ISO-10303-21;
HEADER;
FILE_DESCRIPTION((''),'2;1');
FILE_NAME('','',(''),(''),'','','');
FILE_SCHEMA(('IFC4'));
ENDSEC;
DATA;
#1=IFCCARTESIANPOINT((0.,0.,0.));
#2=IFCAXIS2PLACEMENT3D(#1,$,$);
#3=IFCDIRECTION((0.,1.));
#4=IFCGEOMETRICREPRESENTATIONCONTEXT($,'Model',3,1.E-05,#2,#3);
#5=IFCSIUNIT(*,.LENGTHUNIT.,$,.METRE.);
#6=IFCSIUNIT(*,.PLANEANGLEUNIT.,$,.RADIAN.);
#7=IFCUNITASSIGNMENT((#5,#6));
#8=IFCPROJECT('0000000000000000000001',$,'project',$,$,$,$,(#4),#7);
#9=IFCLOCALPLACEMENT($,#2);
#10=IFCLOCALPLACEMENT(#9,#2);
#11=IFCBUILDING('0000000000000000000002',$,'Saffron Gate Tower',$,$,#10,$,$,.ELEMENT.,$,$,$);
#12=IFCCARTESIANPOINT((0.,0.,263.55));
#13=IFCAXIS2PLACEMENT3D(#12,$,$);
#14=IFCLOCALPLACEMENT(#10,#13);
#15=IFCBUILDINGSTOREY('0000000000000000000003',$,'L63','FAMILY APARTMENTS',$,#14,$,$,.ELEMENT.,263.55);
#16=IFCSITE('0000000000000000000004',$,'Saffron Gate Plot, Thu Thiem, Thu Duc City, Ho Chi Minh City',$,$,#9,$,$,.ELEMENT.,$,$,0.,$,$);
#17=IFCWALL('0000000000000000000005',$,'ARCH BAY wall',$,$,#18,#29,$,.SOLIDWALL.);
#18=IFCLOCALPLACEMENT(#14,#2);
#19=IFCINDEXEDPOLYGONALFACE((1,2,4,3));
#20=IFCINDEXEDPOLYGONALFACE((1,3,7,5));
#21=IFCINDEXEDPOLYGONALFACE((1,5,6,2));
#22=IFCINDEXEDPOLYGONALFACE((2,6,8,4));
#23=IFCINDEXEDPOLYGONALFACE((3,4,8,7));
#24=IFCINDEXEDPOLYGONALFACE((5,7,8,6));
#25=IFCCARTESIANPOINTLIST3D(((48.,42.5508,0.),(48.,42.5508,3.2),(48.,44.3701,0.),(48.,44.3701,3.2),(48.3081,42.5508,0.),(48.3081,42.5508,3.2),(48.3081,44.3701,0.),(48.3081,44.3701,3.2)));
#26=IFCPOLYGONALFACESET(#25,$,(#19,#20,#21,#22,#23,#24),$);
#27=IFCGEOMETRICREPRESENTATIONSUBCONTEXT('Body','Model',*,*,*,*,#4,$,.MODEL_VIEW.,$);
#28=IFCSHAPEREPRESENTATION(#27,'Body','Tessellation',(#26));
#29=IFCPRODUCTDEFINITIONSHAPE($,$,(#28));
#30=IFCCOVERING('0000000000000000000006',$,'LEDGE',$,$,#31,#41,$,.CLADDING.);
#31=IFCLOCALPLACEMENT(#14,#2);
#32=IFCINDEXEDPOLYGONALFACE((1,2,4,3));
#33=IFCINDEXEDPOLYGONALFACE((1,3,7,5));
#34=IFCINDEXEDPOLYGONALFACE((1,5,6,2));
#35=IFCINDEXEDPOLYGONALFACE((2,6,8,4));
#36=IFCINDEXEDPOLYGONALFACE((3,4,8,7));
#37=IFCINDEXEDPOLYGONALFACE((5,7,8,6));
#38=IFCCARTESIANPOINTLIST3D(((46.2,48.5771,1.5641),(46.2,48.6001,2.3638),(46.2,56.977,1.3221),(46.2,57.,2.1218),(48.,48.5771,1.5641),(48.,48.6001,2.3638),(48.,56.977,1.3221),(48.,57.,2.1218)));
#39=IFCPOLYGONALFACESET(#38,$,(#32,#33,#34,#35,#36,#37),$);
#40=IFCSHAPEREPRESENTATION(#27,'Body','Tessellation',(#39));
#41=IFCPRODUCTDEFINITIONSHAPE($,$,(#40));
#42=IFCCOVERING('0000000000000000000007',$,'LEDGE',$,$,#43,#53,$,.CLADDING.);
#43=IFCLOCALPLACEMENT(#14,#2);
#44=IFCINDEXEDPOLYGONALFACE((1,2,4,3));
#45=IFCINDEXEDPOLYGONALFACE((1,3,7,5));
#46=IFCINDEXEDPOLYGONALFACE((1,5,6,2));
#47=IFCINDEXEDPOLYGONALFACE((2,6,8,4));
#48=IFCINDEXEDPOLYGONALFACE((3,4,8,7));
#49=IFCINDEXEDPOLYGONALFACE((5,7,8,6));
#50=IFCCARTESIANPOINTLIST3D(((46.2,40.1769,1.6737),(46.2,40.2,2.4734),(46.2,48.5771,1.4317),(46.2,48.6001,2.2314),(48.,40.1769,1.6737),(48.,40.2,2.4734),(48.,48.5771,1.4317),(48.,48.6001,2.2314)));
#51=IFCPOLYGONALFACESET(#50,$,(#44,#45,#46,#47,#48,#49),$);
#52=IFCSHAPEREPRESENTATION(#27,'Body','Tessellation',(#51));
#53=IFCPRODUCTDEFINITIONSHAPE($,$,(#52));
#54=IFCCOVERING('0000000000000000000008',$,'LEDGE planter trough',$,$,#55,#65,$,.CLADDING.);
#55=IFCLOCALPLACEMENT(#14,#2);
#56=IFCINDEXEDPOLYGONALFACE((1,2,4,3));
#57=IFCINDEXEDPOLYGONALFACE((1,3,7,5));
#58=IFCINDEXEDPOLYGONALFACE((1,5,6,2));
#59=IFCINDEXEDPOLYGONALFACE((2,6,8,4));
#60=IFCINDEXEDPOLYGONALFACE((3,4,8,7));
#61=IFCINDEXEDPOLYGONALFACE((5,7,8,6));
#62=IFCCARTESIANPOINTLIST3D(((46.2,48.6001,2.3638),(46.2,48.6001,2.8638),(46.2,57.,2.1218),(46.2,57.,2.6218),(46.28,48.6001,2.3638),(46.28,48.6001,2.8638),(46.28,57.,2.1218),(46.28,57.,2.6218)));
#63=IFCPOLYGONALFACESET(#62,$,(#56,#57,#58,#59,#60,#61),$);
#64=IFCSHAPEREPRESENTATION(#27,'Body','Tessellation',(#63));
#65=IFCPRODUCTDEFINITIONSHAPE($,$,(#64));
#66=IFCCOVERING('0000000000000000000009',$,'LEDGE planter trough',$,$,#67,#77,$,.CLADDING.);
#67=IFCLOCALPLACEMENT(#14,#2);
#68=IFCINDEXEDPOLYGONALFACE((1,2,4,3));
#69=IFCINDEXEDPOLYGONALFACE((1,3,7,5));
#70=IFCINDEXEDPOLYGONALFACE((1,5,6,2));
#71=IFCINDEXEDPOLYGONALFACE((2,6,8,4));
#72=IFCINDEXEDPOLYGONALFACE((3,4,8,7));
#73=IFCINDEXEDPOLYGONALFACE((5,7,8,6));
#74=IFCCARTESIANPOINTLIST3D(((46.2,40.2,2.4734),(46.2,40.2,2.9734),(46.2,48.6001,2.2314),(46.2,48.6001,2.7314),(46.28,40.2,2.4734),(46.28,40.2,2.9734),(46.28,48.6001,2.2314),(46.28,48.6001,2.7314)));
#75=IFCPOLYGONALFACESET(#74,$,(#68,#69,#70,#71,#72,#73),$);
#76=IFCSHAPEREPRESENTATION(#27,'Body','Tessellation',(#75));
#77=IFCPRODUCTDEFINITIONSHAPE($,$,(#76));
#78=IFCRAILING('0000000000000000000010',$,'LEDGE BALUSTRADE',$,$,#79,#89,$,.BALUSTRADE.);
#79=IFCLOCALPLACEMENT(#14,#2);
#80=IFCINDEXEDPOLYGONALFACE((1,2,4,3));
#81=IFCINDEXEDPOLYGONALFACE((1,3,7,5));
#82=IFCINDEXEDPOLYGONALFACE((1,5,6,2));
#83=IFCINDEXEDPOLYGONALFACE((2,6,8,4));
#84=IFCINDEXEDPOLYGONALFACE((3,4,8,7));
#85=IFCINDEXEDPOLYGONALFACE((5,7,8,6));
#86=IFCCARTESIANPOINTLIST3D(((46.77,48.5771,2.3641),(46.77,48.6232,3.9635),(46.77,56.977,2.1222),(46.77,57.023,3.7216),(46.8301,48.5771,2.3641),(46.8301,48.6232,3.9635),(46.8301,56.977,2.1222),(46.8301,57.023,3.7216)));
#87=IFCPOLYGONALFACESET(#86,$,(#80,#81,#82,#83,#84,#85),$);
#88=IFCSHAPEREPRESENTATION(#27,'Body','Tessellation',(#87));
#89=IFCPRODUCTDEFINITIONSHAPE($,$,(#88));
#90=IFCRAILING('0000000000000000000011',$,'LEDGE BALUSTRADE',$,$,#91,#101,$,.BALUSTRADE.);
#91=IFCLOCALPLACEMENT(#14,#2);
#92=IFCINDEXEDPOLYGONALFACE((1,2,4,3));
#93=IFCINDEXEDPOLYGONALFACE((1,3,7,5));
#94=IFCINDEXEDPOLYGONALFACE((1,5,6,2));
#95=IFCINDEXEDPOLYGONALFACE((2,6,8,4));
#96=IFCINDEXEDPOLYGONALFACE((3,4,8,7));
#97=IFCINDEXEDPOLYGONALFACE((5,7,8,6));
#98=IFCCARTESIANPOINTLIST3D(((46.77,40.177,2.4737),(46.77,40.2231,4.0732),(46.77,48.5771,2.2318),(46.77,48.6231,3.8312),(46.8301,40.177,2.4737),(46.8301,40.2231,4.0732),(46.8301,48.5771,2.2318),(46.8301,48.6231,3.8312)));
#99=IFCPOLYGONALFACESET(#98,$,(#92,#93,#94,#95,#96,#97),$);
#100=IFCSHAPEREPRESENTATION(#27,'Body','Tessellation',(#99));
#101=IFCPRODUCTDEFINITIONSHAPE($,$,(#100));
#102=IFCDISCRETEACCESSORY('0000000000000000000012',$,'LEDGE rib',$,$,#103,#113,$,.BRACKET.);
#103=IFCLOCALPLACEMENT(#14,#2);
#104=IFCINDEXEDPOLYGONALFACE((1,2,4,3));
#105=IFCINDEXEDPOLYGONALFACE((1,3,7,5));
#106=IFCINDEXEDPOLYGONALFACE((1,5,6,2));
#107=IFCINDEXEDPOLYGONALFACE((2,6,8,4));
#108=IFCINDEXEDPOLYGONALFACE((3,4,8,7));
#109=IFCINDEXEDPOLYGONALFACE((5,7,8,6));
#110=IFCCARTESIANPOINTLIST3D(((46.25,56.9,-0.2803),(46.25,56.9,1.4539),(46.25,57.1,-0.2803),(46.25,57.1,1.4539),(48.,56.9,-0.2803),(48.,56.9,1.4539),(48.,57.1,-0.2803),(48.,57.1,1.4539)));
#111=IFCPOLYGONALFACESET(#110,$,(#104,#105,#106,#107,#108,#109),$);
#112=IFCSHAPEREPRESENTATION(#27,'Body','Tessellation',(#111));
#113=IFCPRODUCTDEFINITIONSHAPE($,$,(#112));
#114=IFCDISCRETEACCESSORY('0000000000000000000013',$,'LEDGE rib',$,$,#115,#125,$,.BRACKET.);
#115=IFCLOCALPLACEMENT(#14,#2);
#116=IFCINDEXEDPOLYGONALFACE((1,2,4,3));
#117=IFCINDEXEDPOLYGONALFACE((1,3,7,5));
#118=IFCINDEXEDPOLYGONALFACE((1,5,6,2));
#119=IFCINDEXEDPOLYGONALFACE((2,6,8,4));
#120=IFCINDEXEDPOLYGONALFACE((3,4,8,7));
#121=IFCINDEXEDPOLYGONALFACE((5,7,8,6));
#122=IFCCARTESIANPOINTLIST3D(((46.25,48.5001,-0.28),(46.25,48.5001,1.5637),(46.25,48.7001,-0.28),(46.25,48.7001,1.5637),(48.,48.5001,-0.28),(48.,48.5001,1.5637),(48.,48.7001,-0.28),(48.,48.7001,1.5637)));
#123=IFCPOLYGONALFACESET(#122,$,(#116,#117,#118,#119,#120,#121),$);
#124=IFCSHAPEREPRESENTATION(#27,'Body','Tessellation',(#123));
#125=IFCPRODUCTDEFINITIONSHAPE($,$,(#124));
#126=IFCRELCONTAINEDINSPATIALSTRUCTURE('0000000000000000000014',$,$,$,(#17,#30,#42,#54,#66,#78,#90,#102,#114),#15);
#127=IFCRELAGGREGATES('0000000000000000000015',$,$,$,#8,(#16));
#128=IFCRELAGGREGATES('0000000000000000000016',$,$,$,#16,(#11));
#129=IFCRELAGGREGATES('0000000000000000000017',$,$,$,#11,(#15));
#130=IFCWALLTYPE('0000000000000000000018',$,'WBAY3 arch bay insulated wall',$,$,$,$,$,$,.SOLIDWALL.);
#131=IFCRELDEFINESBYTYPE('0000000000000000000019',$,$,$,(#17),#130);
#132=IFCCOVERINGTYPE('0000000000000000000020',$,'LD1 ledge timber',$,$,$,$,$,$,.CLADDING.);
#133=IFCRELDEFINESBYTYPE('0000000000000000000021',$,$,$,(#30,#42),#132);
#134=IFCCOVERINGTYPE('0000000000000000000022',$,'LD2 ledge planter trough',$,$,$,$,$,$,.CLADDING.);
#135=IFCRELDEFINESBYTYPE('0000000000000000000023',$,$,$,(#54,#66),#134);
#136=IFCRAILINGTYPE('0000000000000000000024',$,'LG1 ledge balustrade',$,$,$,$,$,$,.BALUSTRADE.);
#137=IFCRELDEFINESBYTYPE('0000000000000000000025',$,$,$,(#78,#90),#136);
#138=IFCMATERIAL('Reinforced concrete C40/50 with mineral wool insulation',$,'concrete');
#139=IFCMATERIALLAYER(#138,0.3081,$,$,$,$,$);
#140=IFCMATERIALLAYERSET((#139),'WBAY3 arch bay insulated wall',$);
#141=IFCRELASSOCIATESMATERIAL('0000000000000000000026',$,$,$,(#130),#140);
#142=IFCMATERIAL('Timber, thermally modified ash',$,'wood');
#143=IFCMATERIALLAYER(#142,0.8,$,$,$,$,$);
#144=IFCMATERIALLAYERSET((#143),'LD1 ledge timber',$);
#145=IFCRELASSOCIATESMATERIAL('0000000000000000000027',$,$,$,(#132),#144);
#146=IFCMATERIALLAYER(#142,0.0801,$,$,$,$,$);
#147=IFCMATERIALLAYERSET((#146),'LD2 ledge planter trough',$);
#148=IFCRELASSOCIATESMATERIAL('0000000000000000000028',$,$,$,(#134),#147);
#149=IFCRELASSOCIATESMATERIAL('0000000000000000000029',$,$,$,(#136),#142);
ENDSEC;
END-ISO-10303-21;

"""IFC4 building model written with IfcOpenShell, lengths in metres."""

from ifc_helpers import new_model, si_unit, direction, frame, frame_2d, origin, origin_2d, place, context, subcontext, project, spatial, polyline, rectangle, outline, extrude, material, layer, layer_set, type_object, element, save


model = new_model("IFC4")

# Units and contexts
model_context = context("Model", 3, precision=1e-05, world=origin(), true_north=direction((0.0, 1.0)))
body_context = subcontext(model_context, "Body", "Model", "MODEL_VIEW")
ifc_project = project(units=[si_unit("LENGTHUNIT", "METRE"), si_unit("PLANEANGLEUNIT", "RADIAN")], contexts=[model_context])

# Site, building, storey
site_placement = place(None, origin())
site = spatial("IfcSite", under=ifc_project, at=site_placement, Name="Saffron Gate Plot, Thu Thiem, Thu Duc City, Ho Chi Minh City", CompositionType="ELEMENT", RefElevation=0.0)
building_placement = place(site_placement, origin())
building = spatial("IfcBuilding", under=site, at=building_placement, Name="Saffron Gate Tower", CompositionType="ELEMENT")
storey_placement = place(building_placement, frame((0.0, 0.0, 263.55)))
storey = spatial("IfcBuildingStorey", under=building, at=storey_placement, Name="L63", Description="FAMILY APARTMENTS", CompositionType="ELEMENT", Elevation=263.55)

# Wall
ifc_material_1 = material(Name="Reinforced concrete C40/50 with mineral wool insulation", Category="concrete")
ifc_layer_1 = layer(ifc_material_1, 0.3081)
ifc_layer_set_1 = layer_set([ifc_layer_1], Name="WBAY3 arch bay insulated wall")
wall_type_1 = type_object("IfcWallType", Name="WBAY3 arch bay insulated wall", PredefinedType="SOLIDWALL", material=ifc_layer_set_1)
wall_1_placement = place(storey_placement, frame((48.1541, 42.5508, 0.0), z_axis=(0.0, 0.0, 1.0), x_axis=(0.0, 1.0, 0.0)))
element("IfcWall", 1, at=wall_1_placement, inside=storey, type_object=wall_type_1, Name="ARCH BAY wall", PredefinedType="SOLIDWALL", context=body_context, shape_type="SweptSolid", body=[
    extrude(rectangle(XDim=1.8193, YDim=0.3081, at=frame_2d((0.9097, 0.0))), origin(), (0.0, 0.0, 1.0), 3.2),
])

# Coverings
ifc_material_2 = material(Name="Timber, thermally modified ash", Category="wood")
ifc_layer_2 = layer(ifc_material_2, 0.8)
ifc_layer_set_2 = layer_set([ifc_layer_2], Name="LD1 ledge timber")
covering_type_1 = type_object("IfcCoveringType", Name="LD1 ledge timber", PredefinedType="CLADDING", material=ifc_layer_set_2)
covering_1_placement = place(storey_placement, frame((48.0, 57.0, 2.1218), z_axis=(0.0, 0.028791, 0.999585), x_axis=(0.0, -0.999585, 0.028791)))
element("IfcCovering", 2, at=covering_1_placement, inside=storey, type_object=covering_type_1, Name="LEDGE", PredefinedType="CLADDING", context=body_context, shape_type="SweptSolid", body=[
    extrude(outline(polyline([(0.0, 0.0), (8.4034, 0.0), (8.4034, -1.8), (0.0, -1.8), (0.0, 0.0)])), origin(), (0.0, 0.0, -1.0), 0.8),
])
covering_2_placement = place(storey_placement, frame((48.0, 48.6001, 2.2314), z_axis=(0.0, 0.02879, 0.999585), x_axis=(0.0, -0.999585, 0.02879)))
element("IfcCovering", 3, at=covering_2_placement, inside=storey, type_object=covering_type_1, Name="LEDGE", PredefinedType="CLADDING", context=body_context, shape_type="SweptSolid", body=[
    extrude(outline(polyline([(0.0, 0.0), (8.4036, 0.0), (8.4036, -1.8), (0.0, -1.8), (0.0, 0.0)])), origin(), (0.0, 0.0, -1.0), 0.8),
])
ifc_layer_3 = layer(ifc_material_2, 0.0801)
ifc_layer_set_3 = layer_set([ifc_layer_3], Name="LD2 ledge planter trough")
covering_type_2 = type_object("IfcCoveringType", Name="LD2 ledge planter trough", PredefinedType="CLADDING", material=ifc_layer_set_3)
covering_3_placement = place(storey_placement, frame((46.2, 57.0, 2.1218), z_axis=(-1.0, 0.0, 0.0), x_axis=(0.0, -0.999585, 0.028791)))
element("IfcCovering", 4, at=covering_3_placement, inside=storey, type_object=covering_type_2, Name="LEDGE planter trough", PredefinedType="CLADDING", context=body_context, shape_type="SweptSolid", body=[
    extrude(outline(polyline([(0.0, 0.0), (8.4034, 0.0), (8.4178, 0.4998), (0.0144, 0.4998), (0.0, 0.0)])), origin(), (0.0, 0.0, -1.0), 0.0801),
])
covering_4_placement = place(storey_placement, frame((46.2, 48.6001, 2.2314), z_axis=(-1.0, 0.0, 0.0), x_axis=(0.0, -0.999585, 0.02879)))
element("IfcCovering", 5, at=covering_4_placement, inside=storey, type_object=covering_type_2, Name="LEDGE planter trough", PredefinedType="CLADDING", context=body_context, shape_type="SweptSolid", body=[
    extrude(outline(polyline([(0.0, 0.0), (8.4036, 0.0), (8.418, 0.4998), (0.0144, 0.4998), (0.0, 0.0)])), origin(), (0.0, 0.0, -1.0), 0.0801),
])

# Railings
railing_type = type_object("IfcRailingType", Name="LG1 ledge balustrade", PredefinedType="BALUSTRADE", material=ifc_material_2)
railing_1_placement = place(storey_placement, frame((46.8, 57.0, 2.1218)))
element("IfcRailing", 6, at=railing_1_placement, inside=storey, type_object=railing_type, Name="LEDGE BALUSTRADE", PredefinedType="BALUSTRADE", context=body_context, shape_type="SweptSolid", body=[
    extrude(rectangle(XDim=0.0601, YDim=1.6001, at=origin_2d()), frame((0.0, 0.0, 0.8), z_axis=(0.0, -0.999585, 0.028791), x_axis=(1.0, 0.0, 0.0)), (0.0, 0.0, 1.0), 8.4033),
])
railing_2_placement = place(storey_placement, frame((46.8, 48.6001, 2.2314)))
element("IfcRailing", 7, at=railing_2_placement, inside=storey, type_object=railing_type, Name="LEDGE BALUSTRADE", PredefinedType="BALUSTRADE", context=body_context, shape_type="SweptSolid", body=[
    extrude(rectangle(XDim=0.0601, YDim=1.6001, at=origin_2d()), frame((0.0, 0.0, 0.8), z_axis=(0.0, -0.999585, 0.02879), x_axis=(1.0, 0.0, 0.0)), (0.0, 0.0, 1.0), 8.4036),
])

# Discrete accessories
discrete_accessory_1_placement = place(storey_placement, frame((47.125, 57.0, -0.2803), z_axis=(0.0, 0.0, 1.0), x_axis=(0.0, -1.0, 0.0)))
element("IfcDiscreteAccessory", 8, at=discrete_accessory_1_placement, inside=storey, Name="LEDGE rib", PredefinedType="BRACKET", context=body_context, shape_type="SweptSolid", body=[
    extrude(rectangle(XDim=0.2, YDim=1.75, at=origin_2d()), origin(), (0.0, 0.0, 1.0), 1.7341),
])
discrete_accessory_2_placement = place(storey_placement, frame((47.125, 48.6001, -0.28), z_axis=(0.0, 0.0, 1.0), x_axis=(0.0, -1.0, 0.0)))
element("IfcDiscreteAccessory", 9, at=discrete_accessory_2_placement, inside=storey, Name="LEDGE rib", PredefinedType="BRACKET", context=body_context, shape_type="SweptSolid", body=[
    extrude(rectangle(XDim=0.2, YDim=1.75, at=origin_2d()), origin(), (0.0, 0.0, 1.0), 1.8438),
])

save(model, "model.ifc")
